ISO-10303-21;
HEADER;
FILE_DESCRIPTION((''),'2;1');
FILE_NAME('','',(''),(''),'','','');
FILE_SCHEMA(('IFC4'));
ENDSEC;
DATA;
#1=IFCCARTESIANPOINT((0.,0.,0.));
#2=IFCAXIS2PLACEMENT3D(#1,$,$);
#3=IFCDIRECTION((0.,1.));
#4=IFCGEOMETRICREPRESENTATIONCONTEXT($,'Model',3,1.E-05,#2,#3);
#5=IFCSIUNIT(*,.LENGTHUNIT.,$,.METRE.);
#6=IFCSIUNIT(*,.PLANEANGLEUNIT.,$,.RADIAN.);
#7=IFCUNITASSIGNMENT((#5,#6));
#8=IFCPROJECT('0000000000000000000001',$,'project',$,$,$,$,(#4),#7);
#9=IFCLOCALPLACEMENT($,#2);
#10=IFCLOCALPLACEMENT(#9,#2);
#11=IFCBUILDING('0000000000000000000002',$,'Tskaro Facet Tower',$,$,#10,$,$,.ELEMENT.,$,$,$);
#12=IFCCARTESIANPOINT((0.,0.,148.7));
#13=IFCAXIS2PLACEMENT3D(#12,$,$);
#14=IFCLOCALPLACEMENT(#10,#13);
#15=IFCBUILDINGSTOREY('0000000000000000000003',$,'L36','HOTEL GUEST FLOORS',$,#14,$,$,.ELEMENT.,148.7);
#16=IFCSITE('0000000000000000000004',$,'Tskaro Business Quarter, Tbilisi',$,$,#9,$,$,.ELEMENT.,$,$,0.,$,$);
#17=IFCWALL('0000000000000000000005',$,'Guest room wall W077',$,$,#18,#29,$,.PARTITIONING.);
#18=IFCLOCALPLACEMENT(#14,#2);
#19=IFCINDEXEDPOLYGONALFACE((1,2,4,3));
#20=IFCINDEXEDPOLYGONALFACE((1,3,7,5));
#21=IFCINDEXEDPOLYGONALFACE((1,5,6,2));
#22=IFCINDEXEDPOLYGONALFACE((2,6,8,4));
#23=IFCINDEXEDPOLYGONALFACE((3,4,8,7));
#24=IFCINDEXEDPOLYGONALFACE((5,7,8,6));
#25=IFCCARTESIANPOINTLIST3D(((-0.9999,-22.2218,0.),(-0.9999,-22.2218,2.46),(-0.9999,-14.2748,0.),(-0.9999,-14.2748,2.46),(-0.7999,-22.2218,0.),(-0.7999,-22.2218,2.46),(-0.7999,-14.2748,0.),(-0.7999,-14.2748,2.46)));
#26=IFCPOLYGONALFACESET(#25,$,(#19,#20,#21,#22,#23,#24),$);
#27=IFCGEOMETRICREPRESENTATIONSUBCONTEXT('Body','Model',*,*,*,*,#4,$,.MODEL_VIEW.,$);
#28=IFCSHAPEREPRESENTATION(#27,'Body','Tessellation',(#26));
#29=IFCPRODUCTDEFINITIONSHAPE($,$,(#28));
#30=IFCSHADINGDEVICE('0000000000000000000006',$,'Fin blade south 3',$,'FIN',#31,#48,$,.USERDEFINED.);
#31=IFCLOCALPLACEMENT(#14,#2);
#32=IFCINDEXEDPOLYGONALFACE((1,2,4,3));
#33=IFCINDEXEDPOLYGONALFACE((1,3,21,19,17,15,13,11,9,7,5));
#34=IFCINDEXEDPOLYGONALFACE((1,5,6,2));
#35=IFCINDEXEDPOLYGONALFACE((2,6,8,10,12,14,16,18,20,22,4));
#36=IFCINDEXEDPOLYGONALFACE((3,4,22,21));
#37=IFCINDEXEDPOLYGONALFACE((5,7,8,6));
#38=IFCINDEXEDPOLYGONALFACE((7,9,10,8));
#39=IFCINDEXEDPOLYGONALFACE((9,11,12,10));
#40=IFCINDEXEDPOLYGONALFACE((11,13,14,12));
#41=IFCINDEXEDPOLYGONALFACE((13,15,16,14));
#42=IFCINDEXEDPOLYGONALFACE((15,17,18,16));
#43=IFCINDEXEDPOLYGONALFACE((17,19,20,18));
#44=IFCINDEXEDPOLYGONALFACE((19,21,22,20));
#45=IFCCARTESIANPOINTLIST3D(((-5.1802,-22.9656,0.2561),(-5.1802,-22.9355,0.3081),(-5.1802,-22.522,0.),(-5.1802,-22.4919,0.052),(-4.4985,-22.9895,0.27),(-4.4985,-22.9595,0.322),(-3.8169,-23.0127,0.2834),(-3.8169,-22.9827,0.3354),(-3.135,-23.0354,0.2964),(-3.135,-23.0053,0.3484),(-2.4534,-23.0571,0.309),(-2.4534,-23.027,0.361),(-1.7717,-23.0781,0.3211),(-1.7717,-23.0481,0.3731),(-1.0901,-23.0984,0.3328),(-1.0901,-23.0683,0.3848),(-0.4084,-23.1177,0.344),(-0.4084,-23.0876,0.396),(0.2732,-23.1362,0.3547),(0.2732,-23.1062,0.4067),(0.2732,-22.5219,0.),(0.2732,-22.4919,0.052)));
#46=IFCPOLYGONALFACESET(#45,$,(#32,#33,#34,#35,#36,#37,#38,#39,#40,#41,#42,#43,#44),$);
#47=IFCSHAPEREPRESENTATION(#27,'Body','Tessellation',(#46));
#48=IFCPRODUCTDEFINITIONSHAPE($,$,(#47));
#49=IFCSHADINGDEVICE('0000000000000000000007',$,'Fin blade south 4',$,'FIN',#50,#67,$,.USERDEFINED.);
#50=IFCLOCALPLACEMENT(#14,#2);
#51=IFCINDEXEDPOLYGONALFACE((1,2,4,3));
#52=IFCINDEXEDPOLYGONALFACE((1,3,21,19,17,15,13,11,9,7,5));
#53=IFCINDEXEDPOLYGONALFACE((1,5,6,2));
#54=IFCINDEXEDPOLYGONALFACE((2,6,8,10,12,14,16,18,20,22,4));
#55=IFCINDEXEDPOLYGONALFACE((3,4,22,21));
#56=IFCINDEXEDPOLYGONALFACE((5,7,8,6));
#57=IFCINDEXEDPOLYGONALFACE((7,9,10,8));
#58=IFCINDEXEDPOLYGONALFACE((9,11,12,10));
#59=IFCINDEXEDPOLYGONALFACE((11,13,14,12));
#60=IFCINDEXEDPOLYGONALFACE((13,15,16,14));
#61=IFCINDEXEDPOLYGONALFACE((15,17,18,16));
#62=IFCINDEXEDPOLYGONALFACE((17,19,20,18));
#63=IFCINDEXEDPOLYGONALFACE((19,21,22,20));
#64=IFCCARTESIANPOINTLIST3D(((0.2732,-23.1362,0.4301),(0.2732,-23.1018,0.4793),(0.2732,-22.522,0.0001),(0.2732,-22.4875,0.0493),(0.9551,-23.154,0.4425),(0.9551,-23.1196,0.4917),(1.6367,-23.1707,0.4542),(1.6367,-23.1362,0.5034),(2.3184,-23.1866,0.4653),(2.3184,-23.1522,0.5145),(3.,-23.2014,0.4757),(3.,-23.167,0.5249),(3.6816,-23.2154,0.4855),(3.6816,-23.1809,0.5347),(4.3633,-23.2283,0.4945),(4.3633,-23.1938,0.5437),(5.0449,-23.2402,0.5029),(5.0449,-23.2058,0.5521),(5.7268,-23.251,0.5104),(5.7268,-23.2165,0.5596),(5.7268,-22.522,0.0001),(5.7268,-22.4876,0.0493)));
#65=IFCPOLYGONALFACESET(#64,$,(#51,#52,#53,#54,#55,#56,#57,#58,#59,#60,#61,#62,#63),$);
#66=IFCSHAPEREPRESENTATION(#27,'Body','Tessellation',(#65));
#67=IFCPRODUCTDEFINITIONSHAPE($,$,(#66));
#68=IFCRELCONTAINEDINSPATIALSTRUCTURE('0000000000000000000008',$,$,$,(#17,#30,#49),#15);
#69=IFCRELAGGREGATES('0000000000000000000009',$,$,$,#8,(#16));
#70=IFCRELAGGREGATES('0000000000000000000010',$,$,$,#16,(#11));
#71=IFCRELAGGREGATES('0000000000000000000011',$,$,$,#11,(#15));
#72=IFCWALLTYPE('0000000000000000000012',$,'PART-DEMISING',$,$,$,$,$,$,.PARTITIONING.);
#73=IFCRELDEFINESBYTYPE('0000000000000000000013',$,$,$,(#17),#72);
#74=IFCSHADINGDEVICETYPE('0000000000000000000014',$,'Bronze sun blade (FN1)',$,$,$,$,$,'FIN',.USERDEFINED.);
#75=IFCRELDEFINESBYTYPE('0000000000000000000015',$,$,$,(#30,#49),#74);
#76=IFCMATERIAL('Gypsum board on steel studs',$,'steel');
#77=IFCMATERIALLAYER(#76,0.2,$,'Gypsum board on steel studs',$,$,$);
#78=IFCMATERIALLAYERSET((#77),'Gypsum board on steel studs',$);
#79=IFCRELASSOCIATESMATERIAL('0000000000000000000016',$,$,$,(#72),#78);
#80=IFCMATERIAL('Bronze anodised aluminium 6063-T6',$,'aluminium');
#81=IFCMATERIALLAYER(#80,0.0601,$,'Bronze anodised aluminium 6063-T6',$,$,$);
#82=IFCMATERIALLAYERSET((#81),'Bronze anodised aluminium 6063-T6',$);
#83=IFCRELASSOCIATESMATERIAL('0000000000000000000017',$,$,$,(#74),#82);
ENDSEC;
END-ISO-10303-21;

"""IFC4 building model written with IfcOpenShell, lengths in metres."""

from ifc_helpers import new_model, si_unit, direction, frame, frame_2d, origin, place, context, subcontext, project, spatial, polyline, rectangle, outline, extrude, material, layer, layer_set, type_object, element, save


model = new_model("IFC4")

# Units and contexts
model_context = context("Model", 3, precision=1e-05, world=origin(), true_north=direction((0.0, 1.0)))
body_context = subcontext(model_context, "Body", "Model", "MODEL_VIEW")
ifc_project = project(units=[si_unit("LENGTHUNIT", "METRE"), si_unit("PLANEANGLEUNIT", "RADIAN")], contexts=[model_context])

# Site, building, storey
site_placement = place(None, origin())
site = spatial("IfcSite", under=ifc_project, at=site_placement, Name="Tskaro Business Quarter, Tbilisi", CompositionType="ELEMENT", RefElevation=0.0)
building_placement = place(site_placement, origin())
building = spatial("IfcBuilding", under=site, at=building_placement, Name="Tskaro Facet Tower", CompositionType="ELEMENT")
storey_placement = place(building_placement, frame((0.0, 0.0, 148.7)))
storey = spatial("IfcBuildingStorey", under=building, at=storey_placement, Name="L36", Description="HOTEL GUEST FLOORS", CompositionType="ELEMENT", Elevation=148.7)

# Shared definitions
ifc_material_1 = material(Name="Bronze anodised aluminium 6063-T6", Category="aluminium")

# Shared definitions
ifc_material_2 = material(Name="Gypsum board on steel studs", Category="steel")

# Wall
ifc_layer_1 = layer(ifc_material_2, 0.2, Name="Gypsum board on steel studs")
ifc_layer_set_1 = layer_set([ifc_layer_1], Name="Gypsum board on steel studs")
wall_type_1 = type_object("IfcWallType", Name="PART-DEMISING", PredefinedType="PARTITIONING", material=ifc_layer_set_1)
for number, where, z_axis, x_axis, name in (
    (1, (-0.8999, -22.2219, 0.0), (0.0, 0.0, 1.0), (0.0, 1.0, 0.0), "Guest room wall W077"),
):
    element("IfcWall", number, at=place(storey_placement, frame(where, z_axis=z_axis, x_axis=x_axis)), inside=storey, type_object=wall_type_1, Name=name, PredefinedType="PARTITIONING", context=body_context, shape_type="SweptSolid", body=[
        extrude(rectangle(XDim=7.947, YDim=0.2, at=frame_2d((3.9736, 0.0))), origin(), (0.0, 0.0, 1.0), 2.46),
    ])

# Shading devices
ifc_layer_2 = layer(ifc_material_1, 0.0601, Name="Bronze anodised aluminium 6063-T6")
ifc_layer_set_2 = layer_set([ifc_layer_2], Name="Bronze anodised aluminium 6063-T6")
shading_device_type = type_object("IfcShadingDeviceType", Name="Bronze sun blade (FN1)", ElementType="FIN", PredefinedType="USERDEFINED", material=ifc_layer_set_2)
shading_device_1_placement = place(storey_placement, frame((-5.1802, -22.4919, 0.052), z_axis=(-0.000009, 0.500011, 0.866019), x_axis=(1.0, 0.000004, 0.000008)))
element("IfcShadingDevice", 2, at=shading_device_1_placement, inside=storey, type_object=shading_device_type, Name="Fin blade south 3", ObjectType="FIN", PredefinedType="USERDEFINED", context=body_context, shape_type="SweptSolid", body=[
    extrude(outline(polyline([(0.0, 0.0), (5.4534, 0.0), (5.4534, -0.7093), (4.7717, -0.6879), (4.0901, -0.6656), (3.4084, -0.6422), (2.7268, -0.6179), (2.0452, -0.5928), (1.3633, -0.5667), (0.6816, -0.5399), (0.0, -0.5122), (0.0, 0.0)])), origin(), (0.0, 0.0, -1.0), 0.0601),
])
shading_device_2_placement = place(storey_placement, frame((0.2732, -22.4875, 0.0493), z_axis=(0.0, 0.573452, 0.819239), x_axis=(1.0, 0.0, 0.0)))
element("IfcShadingDevice", 3, at=shading_device_2_placement, inside=storey, type_object=shading_device_type, Name="Fin blade south 4", ObjectType="FIN", PredefinedType="USERDEFINED", context=body_context, shape_type="SweptSolid", body=[
    extrude(outline(polyline([(0.0, 0.0), (5.4536, 0.0), (5.4536, -0.8898), (4.7717, -0.8767), (4.0901, -0.8621), (3.4084, -0.8464), (2.7268, -0.8294), (2.0452, -0.8113), (1.3635, -0.7918), (0.6819, -0.7715), (0.0, -0.7498), (0.0, 0.0)])), origin(), (0.0, 0.0, -1.0), 0.0601),
])

save(model, "model.ifc")
